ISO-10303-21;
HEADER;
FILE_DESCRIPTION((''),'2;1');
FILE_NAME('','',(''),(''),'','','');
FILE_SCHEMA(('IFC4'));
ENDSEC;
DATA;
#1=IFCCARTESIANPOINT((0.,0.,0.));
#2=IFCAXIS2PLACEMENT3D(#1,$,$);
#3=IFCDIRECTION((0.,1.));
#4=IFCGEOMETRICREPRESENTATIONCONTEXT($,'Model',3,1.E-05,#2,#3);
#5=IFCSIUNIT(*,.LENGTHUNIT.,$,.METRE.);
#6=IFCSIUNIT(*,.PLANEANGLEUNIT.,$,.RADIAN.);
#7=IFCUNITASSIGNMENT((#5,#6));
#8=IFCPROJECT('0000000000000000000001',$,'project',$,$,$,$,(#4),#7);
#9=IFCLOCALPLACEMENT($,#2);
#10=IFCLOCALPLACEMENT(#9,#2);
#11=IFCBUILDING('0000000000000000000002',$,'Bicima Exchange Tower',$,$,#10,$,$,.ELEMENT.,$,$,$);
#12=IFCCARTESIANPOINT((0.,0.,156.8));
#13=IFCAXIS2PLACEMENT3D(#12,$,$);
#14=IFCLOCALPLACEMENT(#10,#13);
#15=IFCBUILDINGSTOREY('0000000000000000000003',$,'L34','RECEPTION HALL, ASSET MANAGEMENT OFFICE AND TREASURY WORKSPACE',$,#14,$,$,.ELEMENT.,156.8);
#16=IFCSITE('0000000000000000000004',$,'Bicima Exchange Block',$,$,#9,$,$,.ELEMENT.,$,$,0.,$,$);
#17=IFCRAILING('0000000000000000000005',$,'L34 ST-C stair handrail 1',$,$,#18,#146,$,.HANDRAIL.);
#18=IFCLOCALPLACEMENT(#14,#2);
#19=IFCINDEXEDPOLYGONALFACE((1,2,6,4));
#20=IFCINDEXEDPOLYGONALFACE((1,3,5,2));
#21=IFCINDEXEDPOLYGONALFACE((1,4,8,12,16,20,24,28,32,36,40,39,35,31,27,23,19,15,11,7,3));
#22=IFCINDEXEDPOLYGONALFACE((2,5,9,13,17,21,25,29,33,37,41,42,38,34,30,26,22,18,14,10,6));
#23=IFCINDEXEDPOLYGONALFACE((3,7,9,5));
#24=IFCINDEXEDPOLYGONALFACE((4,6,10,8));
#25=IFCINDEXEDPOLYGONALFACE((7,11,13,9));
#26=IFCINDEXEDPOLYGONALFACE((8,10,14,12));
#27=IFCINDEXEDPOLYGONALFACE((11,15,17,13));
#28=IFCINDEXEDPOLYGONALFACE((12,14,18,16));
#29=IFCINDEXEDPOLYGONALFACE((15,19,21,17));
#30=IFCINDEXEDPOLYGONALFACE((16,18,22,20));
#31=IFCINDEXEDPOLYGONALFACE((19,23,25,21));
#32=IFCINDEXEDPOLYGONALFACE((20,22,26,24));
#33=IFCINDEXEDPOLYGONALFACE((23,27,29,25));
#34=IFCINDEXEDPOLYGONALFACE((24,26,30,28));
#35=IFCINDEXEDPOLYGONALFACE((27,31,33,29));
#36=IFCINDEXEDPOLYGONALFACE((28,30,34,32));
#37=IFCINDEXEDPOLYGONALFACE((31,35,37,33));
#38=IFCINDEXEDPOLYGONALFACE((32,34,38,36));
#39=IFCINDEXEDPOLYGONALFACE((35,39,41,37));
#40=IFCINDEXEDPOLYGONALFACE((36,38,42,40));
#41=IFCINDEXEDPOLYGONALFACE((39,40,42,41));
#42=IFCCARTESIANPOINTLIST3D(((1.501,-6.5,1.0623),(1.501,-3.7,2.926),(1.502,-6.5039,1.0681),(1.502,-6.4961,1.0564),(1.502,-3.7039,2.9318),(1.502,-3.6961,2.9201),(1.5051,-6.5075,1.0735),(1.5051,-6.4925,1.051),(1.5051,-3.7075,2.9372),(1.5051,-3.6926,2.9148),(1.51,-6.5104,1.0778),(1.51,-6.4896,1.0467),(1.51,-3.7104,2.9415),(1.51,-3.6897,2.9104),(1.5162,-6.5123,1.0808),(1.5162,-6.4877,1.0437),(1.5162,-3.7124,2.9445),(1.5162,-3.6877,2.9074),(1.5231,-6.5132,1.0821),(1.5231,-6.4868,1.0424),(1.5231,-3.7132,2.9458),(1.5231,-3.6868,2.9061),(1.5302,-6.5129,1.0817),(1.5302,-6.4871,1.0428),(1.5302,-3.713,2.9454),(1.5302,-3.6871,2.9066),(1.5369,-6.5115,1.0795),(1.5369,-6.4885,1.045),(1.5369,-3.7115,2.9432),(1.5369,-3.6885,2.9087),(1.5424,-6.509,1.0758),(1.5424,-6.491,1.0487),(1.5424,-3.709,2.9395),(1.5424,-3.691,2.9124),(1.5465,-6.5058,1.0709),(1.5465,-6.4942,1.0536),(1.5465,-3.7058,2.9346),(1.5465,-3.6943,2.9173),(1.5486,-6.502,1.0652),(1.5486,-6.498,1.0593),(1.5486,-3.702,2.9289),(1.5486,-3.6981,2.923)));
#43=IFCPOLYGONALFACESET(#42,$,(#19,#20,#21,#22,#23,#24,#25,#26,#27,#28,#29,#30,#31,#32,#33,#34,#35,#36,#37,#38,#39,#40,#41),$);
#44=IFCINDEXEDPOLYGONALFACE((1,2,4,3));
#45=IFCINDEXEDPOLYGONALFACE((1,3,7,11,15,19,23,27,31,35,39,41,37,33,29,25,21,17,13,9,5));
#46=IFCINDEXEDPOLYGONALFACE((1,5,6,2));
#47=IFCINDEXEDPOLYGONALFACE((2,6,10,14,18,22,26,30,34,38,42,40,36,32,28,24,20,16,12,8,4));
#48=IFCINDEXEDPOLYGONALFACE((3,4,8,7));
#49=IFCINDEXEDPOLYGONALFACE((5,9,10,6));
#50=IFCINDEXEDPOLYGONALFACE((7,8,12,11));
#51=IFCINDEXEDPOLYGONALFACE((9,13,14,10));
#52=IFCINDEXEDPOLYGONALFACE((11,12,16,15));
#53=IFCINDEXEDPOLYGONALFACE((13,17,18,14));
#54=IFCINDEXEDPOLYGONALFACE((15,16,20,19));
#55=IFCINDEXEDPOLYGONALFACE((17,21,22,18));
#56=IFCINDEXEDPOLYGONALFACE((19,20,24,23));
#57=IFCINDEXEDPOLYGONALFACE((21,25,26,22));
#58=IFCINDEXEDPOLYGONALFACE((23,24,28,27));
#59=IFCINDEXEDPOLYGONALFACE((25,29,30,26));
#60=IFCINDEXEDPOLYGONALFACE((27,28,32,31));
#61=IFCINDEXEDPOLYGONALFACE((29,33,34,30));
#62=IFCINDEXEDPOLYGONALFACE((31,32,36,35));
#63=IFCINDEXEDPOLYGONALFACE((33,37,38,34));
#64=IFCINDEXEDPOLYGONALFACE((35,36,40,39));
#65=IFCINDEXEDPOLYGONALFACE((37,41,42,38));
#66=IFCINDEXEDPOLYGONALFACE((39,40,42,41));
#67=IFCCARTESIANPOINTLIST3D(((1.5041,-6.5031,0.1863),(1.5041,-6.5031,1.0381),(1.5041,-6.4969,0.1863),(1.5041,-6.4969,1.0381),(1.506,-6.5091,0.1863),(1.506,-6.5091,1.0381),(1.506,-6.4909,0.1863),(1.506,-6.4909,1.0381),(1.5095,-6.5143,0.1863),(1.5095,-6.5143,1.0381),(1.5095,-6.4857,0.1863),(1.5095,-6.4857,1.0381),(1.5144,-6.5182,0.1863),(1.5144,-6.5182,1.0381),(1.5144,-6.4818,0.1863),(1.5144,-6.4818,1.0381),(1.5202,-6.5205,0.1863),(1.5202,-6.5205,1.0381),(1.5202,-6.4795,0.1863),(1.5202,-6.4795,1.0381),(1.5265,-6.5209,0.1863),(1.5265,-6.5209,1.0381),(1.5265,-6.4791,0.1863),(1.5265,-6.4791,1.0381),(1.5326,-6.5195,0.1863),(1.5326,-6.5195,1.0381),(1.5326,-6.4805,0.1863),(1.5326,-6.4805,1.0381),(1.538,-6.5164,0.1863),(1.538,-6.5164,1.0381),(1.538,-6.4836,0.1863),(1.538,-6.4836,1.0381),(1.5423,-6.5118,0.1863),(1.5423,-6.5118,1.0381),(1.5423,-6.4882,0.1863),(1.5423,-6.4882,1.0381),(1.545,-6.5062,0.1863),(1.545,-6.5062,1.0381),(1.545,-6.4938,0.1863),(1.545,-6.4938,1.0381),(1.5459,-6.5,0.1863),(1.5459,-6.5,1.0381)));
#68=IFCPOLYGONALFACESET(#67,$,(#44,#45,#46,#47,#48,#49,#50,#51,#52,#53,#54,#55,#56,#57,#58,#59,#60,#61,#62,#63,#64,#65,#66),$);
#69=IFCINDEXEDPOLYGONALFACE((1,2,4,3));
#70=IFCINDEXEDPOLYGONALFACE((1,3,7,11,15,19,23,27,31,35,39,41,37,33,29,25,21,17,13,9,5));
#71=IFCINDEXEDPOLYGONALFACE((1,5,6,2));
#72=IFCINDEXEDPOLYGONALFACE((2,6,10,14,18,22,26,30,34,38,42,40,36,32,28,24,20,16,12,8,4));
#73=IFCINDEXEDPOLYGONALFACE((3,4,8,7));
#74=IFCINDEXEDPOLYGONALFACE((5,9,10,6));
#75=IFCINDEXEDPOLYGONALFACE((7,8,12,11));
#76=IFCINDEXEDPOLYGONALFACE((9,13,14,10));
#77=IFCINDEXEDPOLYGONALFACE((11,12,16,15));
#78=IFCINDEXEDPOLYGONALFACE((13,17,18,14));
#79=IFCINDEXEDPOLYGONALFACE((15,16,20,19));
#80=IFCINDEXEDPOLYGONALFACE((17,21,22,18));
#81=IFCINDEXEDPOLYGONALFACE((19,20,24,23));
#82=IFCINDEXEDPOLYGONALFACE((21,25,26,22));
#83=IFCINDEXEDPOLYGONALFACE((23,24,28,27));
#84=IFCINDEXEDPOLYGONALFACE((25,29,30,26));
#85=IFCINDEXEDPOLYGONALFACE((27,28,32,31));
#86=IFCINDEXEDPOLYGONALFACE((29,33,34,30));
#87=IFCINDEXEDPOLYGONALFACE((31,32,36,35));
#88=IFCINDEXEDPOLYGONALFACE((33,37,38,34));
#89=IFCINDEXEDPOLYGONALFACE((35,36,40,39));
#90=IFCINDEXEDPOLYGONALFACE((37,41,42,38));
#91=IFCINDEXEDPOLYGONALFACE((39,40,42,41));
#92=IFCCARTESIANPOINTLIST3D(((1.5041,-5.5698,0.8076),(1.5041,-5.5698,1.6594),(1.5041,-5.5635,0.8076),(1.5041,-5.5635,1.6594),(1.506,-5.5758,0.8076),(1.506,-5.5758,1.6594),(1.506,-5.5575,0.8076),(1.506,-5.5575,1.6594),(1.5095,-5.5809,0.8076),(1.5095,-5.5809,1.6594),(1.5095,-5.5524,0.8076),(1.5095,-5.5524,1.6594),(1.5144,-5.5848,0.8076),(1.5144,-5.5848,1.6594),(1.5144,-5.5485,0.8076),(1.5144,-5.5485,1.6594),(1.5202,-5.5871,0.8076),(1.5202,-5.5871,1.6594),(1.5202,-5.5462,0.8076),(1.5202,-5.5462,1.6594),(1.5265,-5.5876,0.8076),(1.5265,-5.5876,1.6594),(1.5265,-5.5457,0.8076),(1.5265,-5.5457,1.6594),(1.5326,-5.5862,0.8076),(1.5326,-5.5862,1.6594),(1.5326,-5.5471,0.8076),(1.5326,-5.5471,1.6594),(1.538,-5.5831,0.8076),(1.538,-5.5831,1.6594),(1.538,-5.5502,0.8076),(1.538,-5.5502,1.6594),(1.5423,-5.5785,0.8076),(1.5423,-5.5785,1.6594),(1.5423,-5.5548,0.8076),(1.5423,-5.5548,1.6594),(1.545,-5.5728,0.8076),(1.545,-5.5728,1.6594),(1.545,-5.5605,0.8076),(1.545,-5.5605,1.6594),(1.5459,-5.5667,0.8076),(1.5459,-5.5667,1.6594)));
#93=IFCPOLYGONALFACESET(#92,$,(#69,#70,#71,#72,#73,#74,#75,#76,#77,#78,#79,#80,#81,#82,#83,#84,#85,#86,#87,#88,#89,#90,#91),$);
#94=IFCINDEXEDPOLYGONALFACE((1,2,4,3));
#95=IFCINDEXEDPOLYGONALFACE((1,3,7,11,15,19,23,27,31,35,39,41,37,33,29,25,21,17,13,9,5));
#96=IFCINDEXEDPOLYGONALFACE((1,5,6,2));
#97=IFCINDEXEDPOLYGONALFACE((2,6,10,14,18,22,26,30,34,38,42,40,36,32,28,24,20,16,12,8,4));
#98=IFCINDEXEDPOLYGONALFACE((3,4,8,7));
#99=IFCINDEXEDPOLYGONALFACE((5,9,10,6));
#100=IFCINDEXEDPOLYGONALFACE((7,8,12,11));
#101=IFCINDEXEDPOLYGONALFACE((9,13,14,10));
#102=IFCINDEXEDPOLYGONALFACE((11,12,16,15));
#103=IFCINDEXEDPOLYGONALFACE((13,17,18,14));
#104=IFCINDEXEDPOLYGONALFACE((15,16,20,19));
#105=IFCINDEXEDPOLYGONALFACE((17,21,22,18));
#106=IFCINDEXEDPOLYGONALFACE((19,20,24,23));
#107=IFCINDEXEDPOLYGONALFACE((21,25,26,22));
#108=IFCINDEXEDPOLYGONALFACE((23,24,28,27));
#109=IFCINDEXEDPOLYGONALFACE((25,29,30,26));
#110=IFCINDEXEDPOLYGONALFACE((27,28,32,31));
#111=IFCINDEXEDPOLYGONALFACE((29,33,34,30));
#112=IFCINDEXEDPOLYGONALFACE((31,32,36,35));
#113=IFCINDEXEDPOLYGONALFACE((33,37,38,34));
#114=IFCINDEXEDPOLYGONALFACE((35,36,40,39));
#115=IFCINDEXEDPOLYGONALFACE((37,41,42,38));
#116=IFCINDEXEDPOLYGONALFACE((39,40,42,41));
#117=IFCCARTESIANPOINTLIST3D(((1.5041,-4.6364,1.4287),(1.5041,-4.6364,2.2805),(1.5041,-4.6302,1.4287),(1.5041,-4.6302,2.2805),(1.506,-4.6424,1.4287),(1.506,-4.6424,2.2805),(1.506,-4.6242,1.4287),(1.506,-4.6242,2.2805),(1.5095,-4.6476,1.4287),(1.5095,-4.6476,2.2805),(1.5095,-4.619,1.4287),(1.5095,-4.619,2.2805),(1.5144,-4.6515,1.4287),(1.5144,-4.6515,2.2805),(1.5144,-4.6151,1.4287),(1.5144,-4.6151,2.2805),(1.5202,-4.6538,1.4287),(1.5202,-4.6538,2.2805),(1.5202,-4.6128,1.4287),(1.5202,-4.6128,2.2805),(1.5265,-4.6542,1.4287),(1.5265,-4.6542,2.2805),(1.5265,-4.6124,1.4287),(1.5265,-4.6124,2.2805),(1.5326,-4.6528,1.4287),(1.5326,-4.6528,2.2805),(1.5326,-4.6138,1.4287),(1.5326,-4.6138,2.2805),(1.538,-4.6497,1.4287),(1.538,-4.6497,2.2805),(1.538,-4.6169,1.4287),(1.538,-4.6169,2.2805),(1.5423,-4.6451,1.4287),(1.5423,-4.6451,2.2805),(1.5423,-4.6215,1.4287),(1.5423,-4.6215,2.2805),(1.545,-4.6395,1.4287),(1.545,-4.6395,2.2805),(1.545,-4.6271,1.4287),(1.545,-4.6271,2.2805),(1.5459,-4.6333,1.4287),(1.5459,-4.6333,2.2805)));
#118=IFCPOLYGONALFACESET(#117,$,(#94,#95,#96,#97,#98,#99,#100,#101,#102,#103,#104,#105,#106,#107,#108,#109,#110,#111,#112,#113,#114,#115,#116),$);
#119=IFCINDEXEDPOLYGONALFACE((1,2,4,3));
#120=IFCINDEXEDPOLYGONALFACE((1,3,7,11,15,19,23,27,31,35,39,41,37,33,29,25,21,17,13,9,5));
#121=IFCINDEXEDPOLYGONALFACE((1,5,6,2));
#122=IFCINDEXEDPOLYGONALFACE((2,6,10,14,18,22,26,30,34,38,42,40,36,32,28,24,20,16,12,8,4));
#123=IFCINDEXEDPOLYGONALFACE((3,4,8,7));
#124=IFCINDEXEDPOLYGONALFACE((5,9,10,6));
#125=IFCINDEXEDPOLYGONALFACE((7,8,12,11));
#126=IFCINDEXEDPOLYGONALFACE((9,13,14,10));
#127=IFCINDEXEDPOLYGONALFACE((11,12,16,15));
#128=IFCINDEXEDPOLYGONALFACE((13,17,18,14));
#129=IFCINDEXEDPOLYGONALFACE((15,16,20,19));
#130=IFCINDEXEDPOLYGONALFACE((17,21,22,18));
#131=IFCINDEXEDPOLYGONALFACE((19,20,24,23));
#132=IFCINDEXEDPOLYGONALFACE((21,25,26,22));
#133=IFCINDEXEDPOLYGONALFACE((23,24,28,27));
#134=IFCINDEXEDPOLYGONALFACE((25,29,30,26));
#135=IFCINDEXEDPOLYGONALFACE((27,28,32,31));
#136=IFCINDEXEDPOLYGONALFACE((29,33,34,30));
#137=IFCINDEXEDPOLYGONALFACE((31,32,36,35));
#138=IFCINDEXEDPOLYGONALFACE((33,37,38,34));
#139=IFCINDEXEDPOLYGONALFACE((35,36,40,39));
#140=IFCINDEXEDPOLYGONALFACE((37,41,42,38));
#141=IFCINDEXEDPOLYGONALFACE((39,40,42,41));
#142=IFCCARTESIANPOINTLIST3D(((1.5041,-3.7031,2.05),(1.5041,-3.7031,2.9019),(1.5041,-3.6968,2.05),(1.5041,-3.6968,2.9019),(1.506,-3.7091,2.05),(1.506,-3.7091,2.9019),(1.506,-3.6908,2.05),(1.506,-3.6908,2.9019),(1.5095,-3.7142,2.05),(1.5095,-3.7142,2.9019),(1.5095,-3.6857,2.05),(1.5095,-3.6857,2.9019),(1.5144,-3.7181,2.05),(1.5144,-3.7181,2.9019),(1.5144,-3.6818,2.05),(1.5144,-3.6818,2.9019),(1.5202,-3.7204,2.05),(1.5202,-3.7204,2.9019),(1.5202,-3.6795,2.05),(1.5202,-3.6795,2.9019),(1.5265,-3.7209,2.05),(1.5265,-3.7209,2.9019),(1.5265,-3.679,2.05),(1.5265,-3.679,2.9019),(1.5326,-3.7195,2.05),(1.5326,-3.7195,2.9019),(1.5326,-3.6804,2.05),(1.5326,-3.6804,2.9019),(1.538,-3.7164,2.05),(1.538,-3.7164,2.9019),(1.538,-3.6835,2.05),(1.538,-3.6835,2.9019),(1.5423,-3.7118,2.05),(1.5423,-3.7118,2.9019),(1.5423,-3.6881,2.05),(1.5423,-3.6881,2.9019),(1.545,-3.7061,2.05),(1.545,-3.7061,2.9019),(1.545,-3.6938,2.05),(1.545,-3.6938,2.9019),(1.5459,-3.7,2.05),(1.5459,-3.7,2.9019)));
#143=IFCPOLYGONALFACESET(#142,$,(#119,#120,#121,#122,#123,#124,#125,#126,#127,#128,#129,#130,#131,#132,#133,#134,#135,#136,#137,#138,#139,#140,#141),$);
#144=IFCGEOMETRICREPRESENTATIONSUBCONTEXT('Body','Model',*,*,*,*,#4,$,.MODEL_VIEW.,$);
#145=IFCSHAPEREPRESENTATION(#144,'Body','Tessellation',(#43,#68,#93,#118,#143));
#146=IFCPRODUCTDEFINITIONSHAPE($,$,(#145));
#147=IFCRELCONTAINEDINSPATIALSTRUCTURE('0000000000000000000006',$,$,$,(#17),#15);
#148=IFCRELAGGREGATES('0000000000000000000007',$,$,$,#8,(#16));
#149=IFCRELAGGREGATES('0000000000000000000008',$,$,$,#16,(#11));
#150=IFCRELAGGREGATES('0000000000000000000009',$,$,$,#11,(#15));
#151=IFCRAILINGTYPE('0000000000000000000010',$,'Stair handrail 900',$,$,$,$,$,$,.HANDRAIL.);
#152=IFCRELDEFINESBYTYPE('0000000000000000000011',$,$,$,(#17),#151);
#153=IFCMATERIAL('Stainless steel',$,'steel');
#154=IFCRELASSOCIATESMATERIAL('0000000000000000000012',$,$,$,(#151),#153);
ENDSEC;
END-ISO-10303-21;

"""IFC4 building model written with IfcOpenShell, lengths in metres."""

from ifc_helpers import new_model, si_unit, direction, frame, origin, origin_2d, place, context, subcontext, project, spatial, circle, extrude, material, type_object, element, save


model = new_model("IFC4")

# Units and contexts
model_context = context("Model", 3, precision=1e-05, world=origin(), true_north=direction((0.0, 1.0)))
body_context = subcontext(model_context, "Body", "Model", "MODEL_VIEW")
ifc_project = project(units=[si_unit("LENGTHUNIT", "METRE"), si_unit("PLANEANGLEUNIT", "RADIAN")], contexts=[model_context])

# Site, building, storey
site_placement = place(None, origin())
site = spatial("IfcSite", under=ifc_project, at=site_placement, Name="Bicima Exchange Block", CompositionType="ELEMENT", RefElevation=0.0)
building_placement = place(site_placement, origin())
building = spatial("IfcBuilding", under=site, at=building_placement, Name="Bicima Exchange Tower", CompositionType="ELEMENT")
storey_placement = place(building_placement, frame((0.0, 0.0, 156.8)))
storey = spatial("IfcBuildingStorey", under=building, at=storey_placement, Name="L34", Description="RECEPTION HALL, ASSET MANAGEMENT OFFICE AND TREASURY WORKSPACE", CompositionType="ELEMENT", Elevation=156.8)

# Shared definitions
ifc_material_1 = material(Name="Stainless steel", Category="steel")

# Railing
railing_type_1 = type_object("IfcRailingType", Name="Stair handrail 900", PredefinedType="HANDRAIL", material=ifc_material_1)
railing_1_placement = place(storey_placement, frame((1.5249, -6.5, 0.1863)))
element("IfcRailing", 1, at=railing_1_placement, inside=storey, type_object=railing_type_1, Name="L34 ST-C stair handrail 1", PredefinedType="HANDRAIL", context=body_context, shape_type="SweptSolid", body=[
    extrude(circle(Radius=0.0239, at=origin_2d()), frame((0.0, 0.0, 0.876), z_axis=(0.0, 0.832452, 0.554097), x_axis=(-1.0, 0.0, 0.0)), (0.0, 0.0, 1.0), 3.3635),
    extrude(circle(Radius=0.021, at=origin_2d()), origin(), (0.0, 0.0, 1.0), 0.8518),
    extrude(circle(Radius=0.021, at=origin_2d()), frame((0.0, 0.9333, 0.6213)), (0.0, 0.0, 1.0), 0.8518),
    extrude(circle(Radius=0.021, at=origin_2d()), frame((0.0, 1.8667, 1.2424)), (0.0, 0.0, 1.0), 0.8518),
    extrude(circle(Radius=0.021, at=origin_2d()), frame((0.0, 2.8, 1.8638)), (0.0, 0.0, 1.0), 0.8518),
])

save(model, "model.ifc")
